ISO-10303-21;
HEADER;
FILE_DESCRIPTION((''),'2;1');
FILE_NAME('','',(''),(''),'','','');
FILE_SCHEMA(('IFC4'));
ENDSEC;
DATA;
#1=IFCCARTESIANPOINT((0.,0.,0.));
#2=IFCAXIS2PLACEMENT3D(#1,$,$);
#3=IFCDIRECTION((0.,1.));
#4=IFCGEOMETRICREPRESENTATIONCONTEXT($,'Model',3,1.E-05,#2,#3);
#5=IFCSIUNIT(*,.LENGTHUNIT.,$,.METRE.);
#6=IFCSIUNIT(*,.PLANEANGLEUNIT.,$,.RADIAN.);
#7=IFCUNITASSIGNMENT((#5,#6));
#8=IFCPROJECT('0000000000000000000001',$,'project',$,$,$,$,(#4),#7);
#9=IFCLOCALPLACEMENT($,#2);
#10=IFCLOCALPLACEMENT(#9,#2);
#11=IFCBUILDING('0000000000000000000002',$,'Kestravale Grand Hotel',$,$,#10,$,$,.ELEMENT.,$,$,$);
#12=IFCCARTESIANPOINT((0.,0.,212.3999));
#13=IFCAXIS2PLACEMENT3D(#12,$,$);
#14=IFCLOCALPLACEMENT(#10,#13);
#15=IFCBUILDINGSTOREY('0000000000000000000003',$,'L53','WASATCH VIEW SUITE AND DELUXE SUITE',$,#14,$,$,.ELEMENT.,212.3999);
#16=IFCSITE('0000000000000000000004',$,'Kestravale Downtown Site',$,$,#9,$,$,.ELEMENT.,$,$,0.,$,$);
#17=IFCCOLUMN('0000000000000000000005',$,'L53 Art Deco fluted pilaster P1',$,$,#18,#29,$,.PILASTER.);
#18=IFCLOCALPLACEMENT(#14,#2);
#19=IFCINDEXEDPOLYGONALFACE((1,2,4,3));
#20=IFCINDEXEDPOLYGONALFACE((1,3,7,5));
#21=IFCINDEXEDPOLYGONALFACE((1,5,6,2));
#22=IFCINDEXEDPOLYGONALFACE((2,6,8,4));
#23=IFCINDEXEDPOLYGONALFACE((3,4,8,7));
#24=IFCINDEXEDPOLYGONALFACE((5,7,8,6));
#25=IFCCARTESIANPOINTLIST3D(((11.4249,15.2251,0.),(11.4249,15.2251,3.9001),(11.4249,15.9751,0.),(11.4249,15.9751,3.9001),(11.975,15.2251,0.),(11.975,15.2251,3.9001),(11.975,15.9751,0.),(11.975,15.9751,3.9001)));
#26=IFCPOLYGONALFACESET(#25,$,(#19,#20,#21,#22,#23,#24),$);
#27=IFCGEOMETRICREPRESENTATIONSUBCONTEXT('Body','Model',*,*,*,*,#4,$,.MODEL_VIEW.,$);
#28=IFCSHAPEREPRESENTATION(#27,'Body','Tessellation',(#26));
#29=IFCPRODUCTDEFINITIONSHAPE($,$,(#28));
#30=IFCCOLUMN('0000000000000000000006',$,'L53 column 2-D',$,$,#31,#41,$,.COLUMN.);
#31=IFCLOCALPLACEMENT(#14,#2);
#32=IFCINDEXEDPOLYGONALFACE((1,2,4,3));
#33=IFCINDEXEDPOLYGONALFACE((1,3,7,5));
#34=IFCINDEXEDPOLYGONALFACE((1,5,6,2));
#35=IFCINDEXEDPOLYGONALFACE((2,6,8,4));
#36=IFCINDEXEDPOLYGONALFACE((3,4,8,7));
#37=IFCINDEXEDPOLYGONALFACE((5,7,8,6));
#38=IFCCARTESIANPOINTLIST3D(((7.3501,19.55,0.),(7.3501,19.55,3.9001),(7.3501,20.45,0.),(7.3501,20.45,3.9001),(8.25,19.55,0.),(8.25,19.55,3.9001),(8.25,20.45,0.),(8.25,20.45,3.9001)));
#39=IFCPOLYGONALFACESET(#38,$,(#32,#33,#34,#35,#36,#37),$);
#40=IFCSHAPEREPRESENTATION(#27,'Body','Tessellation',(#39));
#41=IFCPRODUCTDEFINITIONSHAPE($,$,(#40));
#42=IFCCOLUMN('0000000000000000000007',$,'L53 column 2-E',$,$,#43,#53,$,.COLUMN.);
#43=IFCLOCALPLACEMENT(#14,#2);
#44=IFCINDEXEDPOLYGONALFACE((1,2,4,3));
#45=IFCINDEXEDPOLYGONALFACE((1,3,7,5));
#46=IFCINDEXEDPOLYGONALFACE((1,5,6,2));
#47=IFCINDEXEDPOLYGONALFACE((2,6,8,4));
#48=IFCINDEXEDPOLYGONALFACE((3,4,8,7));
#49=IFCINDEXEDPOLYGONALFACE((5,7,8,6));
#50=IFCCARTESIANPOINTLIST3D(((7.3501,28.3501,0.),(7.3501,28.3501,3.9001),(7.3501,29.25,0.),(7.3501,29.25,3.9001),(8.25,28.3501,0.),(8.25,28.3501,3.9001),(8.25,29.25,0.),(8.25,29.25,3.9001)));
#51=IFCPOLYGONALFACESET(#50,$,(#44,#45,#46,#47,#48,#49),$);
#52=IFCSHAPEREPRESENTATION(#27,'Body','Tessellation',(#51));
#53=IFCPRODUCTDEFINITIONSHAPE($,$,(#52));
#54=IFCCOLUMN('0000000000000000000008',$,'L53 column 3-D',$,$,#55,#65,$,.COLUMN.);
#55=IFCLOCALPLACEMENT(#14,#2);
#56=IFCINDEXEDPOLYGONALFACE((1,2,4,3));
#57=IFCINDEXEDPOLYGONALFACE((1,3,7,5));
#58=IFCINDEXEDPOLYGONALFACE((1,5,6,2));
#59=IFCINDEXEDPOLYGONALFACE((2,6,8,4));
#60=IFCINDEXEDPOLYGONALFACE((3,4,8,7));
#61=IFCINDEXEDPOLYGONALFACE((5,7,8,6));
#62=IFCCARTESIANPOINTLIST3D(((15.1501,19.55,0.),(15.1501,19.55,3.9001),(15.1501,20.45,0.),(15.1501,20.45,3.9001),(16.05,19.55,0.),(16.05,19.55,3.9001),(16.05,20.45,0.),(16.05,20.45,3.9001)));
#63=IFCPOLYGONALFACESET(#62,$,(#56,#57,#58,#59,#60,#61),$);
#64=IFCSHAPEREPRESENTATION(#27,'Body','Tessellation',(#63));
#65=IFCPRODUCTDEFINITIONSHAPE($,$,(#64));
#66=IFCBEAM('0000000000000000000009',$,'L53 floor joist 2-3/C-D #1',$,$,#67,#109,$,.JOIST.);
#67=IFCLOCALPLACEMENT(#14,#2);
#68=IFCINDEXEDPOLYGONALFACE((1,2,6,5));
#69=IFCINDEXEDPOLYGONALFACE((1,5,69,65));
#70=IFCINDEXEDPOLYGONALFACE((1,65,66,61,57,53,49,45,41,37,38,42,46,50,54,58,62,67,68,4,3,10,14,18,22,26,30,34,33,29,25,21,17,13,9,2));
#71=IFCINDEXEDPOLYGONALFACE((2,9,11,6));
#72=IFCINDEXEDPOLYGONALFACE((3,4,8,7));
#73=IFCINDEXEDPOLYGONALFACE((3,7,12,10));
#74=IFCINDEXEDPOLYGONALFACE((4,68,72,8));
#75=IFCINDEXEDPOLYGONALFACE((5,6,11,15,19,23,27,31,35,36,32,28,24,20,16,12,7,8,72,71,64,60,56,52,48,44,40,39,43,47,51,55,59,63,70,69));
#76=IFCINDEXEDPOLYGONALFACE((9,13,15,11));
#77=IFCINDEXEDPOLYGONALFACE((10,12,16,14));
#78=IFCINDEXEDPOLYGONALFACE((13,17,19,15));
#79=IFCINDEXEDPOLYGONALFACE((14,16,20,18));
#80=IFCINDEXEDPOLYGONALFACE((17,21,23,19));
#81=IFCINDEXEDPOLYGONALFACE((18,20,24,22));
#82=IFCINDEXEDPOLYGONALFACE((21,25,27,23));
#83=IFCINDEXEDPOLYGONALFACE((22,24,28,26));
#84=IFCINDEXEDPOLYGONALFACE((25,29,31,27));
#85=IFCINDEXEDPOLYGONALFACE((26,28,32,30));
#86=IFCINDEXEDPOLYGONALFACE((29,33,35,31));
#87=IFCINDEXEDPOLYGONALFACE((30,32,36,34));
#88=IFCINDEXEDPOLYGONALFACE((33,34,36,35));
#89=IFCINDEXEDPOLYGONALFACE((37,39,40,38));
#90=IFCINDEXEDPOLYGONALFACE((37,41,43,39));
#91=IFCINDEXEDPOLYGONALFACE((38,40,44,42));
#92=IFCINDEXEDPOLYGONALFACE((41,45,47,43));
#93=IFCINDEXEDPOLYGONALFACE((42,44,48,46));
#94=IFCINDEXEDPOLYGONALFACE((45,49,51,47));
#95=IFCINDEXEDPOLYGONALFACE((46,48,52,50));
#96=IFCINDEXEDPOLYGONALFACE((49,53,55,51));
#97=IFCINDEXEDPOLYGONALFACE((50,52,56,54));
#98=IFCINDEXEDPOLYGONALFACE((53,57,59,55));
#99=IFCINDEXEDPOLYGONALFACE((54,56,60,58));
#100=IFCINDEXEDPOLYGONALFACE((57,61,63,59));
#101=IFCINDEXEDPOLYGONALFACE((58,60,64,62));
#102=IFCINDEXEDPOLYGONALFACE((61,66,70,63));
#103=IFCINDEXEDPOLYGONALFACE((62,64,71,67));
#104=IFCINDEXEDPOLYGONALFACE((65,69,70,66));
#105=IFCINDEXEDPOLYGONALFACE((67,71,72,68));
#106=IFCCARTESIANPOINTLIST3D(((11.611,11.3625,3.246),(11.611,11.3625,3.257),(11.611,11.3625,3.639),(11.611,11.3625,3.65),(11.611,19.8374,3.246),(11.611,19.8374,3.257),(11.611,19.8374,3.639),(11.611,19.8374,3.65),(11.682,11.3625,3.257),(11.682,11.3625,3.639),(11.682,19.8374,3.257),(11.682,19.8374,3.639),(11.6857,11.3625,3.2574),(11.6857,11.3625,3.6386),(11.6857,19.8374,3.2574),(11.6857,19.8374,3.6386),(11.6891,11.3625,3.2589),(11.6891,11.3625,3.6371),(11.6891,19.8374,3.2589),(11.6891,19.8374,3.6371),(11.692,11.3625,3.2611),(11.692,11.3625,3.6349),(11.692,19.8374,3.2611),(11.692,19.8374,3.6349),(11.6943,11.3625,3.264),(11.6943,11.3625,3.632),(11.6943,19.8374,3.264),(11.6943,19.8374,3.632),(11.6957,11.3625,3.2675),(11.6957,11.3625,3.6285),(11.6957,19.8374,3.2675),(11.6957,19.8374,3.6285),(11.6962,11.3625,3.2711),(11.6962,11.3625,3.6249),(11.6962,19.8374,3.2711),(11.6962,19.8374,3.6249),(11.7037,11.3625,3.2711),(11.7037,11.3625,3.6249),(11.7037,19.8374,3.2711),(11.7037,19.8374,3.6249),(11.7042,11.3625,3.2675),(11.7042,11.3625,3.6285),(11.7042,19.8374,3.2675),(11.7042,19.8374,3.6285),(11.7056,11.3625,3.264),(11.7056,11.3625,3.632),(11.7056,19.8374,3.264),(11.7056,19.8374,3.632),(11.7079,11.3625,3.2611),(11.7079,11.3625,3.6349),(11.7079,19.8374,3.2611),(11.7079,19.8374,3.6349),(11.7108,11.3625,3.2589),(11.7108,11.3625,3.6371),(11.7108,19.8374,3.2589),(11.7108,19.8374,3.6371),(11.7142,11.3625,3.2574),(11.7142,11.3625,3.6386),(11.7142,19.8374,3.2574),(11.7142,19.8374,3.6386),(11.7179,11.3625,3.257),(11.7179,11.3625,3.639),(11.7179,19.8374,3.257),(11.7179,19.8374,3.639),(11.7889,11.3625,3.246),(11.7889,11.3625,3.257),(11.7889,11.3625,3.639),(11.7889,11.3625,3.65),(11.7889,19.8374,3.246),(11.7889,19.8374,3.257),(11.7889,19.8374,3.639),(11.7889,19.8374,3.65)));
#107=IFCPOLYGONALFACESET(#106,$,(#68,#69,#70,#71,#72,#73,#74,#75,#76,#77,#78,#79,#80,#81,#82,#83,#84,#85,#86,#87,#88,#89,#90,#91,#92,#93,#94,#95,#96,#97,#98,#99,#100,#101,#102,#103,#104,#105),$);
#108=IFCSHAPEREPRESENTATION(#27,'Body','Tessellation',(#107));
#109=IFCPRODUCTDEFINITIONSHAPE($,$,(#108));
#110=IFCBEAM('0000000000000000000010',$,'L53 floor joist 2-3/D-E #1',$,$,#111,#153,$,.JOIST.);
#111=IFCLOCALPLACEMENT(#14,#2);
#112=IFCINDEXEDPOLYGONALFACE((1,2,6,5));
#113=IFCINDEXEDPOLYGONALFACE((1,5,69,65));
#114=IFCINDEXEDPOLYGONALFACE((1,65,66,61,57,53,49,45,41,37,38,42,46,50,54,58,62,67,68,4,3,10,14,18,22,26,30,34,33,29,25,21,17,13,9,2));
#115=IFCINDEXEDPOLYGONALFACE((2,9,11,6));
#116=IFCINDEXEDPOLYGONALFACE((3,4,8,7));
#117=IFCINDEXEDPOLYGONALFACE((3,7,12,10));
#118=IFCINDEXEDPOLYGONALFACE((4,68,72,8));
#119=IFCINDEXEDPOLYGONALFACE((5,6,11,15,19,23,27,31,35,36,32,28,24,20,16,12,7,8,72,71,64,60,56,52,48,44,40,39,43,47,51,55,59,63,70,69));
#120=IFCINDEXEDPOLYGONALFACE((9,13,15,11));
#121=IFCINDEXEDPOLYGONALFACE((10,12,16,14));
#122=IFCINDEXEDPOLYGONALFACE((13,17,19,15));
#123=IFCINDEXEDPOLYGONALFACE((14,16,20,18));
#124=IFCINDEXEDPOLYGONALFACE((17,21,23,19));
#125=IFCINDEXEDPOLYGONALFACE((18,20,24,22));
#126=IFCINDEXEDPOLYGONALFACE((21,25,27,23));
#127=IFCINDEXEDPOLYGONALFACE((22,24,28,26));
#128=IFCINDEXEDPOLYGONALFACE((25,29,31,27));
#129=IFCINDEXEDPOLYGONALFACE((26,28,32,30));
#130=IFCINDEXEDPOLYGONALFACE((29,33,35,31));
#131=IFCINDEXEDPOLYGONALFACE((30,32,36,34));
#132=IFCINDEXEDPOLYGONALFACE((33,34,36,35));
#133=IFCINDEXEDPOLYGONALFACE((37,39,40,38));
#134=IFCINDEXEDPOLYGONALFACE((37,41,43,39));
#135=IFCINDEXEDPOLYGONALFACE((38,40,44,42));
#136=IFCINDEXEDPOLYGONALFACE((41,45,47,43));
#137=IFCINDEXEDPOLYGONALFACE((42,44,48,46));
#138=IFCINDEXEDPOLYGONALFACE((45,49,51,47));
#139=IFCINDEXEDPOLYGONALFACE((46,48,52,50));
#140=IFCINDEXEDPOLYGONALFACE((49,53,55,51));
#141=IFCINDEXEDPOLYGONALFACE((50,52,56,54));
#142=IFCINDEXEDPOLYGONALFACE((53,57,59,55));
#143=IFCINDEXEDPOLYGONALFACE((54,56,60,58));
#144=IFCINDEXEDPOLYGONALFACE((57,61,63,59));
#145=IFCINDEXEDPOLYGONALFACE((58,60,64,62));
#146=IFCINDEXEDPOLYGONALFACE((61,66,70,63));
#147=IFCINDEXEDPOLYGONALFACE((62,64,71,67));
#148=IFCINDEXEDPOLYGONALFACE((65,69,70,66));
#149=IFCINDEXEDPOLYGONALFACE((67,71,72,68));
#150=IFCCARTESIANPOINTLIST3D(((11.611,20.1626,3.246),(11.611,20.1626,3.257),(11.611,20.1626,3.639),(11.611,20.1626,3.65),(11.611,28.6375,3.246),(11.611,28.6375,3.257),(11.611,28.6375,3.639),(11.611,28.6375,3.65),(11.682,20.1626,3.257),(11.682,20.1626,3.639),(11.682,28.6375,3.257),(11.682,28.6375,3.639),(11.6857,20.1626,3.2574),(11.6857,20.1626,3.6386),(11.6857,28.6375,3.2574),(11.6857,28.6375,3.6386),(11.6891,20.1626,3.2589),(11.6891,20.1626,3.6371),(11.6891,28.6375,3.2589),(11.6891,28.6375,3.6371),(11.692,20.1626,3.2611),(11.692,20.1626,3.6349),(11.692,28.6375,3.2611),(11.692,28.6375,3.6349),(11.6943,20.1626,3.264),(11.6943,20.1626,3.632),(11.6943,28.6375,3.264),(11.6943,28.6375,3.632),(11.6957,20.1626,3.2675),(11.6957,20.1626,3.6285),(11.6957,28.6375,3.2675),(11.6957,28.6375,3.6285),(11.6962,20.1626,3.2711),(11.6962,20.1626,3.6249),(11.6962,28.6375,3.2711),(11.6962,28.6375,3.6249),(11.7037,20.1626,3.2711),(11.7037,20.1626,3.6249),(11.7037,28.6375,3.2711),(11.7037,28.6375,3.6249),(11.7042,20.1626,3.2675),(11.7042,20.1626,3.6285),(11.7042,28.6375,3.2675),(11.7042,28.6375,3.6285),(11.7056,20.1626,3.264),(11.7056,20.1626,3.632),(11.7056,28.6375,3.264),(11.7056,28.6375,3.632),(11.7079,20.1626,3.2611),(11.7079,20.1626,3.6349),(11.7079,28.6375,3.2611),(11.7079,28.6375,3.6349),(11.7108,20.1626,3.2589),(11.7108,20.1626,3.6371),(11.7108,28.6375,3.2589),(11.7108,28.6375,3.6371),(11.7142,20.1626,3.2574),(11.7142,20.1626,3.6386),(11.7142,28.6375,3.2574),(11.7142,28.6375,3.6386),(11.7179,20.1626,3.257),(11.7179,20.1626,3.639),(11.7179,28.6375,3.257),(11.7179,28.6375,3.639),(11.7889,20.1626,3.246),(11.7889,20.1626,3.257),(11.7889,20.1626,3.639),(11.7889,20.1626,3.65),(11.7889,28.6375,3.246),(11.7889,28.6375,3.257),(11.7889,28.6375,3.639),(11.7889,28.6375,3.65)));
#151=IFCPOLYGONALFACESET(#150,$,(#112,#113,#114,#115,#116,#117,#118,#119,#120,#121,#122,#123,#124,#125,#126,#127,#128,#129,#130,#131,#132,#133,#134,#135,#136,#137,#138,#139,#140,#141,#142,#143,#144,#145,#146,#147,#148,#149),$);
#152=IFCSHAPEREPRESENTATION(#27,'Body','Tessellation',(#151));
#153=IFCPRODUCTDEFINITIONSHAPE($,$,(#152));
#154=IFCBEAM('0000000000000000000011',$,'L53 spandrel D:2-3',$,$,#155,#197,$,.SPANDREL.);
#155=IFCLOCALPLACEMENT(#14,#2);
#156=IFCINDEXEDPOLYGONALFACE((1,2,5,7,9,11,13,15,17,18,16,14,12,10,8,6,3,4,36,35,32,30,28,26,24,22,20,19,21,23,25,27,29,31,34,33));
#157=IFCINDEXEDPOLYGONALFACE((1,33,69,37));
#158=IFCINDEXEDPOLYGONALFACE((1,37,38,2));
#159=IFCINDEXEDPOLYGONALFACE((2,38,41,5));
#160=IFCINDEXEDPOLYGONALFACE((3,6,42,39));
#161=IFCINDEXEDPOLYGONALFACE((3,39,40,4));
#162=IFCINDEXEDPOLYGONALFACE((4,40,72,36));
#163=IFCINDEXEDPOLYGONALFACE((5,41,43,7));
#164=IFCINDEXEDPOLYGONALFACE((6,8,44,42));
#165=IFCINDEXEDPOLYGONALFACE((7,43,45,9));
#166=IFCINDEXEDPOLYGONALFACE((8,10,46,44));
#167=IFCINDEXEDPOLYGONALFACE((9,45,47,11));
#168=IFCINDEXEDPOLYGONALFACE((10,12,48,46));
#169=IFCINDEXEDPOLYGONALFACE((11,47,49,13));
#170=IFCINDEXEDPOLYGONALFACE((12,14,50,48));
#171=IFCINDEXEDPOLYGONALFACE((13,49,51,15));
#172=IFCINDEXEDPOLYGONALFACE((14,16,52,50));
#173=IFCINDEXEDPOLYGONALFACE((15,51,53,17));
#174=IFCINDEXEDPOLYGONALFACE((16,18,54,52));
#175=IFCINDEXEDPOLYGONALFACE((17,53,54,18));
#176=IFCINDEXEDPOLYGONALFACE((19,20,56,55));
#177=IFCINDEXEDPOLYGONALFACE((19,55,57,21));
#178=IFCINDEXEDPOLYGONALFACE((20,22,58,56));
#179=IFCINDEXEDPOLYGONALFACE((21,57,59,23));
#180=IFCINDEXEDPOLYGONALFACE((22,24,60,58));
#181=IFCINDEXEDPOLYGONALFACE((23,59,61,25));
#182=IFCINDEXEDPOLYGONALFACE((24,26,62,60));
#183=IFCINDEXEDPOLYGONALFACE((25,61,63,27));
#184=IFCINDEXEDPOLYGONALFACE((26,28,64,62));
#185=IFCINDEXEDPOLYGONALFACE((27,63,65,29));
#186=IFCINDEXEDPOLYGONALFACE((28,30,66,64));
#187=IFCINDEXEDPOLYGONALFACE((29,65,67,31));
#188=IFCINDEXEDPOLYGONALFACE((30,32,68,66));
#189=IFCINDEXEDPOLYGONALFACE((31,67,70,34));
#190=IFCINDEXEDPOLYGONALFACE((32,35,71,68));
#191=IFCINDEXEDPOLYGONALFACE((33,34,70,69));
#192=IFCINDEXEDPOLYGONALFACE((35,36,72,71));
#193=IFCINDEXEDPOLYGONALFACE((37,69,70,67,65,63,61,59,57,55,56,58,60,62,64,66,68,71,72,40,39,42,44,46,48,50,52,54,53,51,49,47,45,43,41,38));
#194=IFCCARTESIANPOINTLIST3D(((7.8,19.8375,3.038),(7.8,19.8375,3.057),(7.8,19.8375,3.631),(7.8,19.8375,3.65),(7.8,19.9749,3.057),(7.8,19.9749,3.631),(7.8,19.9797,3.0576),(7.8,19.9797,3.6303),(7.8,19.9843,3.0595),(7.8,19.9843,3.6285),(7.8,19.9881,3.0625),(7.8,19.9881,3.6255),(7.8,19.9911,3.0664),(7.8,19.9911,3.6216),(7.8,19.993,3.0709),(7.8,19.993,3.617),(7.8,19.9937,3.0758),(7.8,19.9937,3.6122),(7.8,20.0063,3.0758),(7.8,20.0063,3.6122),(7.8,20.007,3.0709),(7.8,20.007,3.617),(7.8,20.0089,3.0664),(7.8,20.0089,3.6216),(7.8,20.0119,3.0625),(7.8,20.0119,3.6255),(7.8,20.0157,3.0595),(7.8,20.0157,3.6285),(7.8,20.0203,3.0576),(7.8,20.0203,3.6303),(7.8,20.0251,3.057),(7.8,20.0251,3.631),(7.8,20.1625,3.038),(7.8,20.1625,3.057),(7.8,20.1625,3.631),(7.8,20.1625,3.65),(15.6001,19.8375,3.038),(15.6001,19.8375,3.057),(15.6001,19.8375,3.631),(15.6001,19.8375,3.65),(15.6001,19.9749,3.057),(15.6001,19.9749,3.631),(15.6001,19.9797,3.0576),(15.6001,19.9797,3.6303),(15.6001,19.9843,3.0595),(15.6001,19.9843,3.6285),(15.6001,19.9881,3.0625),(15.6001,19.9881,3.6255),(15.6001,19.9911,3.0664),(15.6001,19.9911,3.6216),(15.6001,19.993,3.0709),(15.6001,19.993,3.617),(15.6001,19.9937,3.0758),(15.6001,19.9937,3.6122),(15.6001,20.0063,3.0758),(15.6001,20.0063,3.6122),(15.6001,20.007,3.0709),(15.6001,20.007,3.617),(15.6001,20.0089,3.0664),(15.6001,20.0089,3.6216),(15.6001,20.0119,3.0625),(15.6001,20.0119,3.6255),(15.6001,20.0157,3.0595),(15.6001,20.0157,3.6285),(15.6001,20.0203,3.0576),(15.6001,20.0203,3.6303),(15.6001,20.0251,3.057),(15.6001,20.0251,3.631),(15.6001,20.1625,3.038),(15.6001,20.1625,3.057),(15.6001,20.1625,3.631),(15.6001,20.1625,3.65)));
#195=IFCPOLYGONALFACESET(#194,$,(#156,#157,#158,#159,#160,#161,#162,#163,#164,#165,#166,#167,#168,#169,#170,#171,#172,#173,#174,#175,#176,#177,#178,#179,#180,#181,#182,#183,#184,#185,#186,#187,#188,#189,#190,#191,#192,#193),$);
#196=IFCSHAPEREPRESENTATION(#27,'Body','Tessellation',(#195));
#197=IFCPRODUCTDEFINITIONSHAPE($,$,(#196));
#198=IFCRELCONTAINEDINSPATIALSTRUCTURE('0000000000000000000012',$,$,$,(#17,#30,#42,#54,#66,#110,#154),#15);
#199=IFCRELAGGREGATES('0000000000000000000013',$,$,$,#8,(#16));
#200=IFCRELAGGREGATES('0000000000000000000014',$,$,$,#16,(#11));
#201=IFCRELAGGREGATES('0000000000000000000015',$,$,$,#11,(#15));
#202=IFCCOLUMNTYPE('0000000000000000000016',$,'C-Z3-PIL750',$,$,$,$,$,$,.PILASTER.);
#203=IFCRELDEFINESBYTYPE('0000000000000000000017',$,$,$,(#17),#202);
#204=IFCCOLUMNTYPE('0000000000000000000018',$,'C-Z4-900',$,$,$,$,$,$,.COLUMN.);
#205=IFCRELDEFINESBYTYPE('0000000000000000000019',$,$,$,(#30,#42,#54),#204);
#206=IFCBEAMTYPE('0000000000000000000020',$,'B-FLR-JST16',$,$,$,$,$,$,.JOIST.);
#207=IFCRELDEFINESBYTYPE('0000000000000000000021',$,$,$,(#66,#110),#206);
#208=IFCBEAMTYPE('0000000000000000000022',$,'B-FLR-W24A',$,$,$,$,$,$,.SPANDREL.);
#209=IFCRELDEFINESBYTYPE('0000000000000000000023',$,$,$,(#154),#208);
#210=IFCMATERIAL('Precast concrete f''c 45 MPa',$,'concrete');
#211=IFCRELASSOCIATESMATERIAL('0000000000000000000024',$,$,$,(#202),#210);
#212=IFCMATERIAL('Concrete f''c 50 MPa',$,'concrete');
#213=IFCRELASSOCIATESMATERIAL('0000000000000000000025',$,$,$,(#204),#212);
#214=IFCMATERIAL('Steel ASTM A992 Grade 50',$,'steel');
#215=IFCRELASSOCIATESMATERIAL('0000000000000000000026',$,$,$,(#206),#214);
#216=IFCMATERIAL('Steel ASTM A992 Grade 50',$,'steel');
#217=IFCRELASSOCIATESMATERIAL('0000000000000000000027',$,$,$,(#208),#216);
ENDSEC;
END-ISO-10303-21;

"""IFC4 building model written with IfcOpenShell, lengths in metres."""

from ifc_helpers import new_model, si_unit, direction, frame, origin, origin_2d, place, context, subcontext, project, spatial, rectangle, i_section, extrude, material, material_profile, profile_set, type_object, element, save


model = new_model("IFC4")

# Units and contexts
model_context = context("Model", 3, precision=1e-05, world=origin(), true_north=direction((0.0, 1.0)))
body_context = subcontext(model_context, "Body", "Model", "MODEL_VIEW")
ifc_project = project(units=[si_unit("LENGTHUNIT", "METRE"), si_unit("PLANEANGLEUNIT", "RADIAN")], contexts=[model_context])

# Site, building, storey
site_placement = place(None, origin())
site = spatial("IfcSite", under=ifc_project, at=site_placement, Name="Kestravale Downtown Site", CompositionType="ELEMENT", RefElevation=0.0)
building_placement = place(site_placement, origin())
building = spatial("IfcBuilding", under=site, at=building_placement, Name="Kestravale Grand Hotel", CompositionType="ELEMENT")
storey_placement = place(building_placement, frame((0.0, 0.0, 212.3999)))
storey = spatial("IfcBuildingStorey", under=building, at=storey_placement, Name="L53", Description="WASATCH VIEW SUITE AND DELUXE SUITE", CompositionType="ELEMENT", Elevation=212.3999)

# Columns
ifc_material_1 = material(Name="Precast concrete f'c 45 MPa", Category="concrete")
ifc_material_profile_1 = material_profile(ifc_material_1, rectangle(XDim=0.55, YDim=0.75, at=origin_2d()))
ifc_profile_set_1 = profile_set([ifc_material_profile_1], Name="Precast concrete f'c 45 MPa")
column_type_1 = type_object("IfcColumnType", Name="C-Z3-PIL750", PredefinedType="PILASTER", material=ifc_profile_set_1)
column_placement = place(storey_placement, frame((11.7, 15.6001, 0.0), z_axis=(0.0, 0.0, 1.0), x_axis=(1.0, 0.0, 0.0)))
element("IfcColumn", 1, at=column_placement, inside=storey, type_object=column_type_1, Name="L53 Art Deco fluted pilaster P1", PredefinedType="PILASTER", context=body_context, shape_type="SweptSolid", body=[
    extrude(rectangle(XDim=0.55, YDim=0.75, at=origin_2d()), origin(), (0.0, 0.0, 1.0), 3.9001),
])
ifc_material_2 = material(Name="Concrete f'c 50 MPa", Category="concrete")
ifc_material_profile_2 = material_profile(ifc_material_2, rectangle(XDim=0.8999, YDim=0.8999, at=origin_2d()))
ifc_profile_set_2 = profile_set([ifc_material_profile_2], Name="Concrete f'c 50 MPa")
column_type_2 = type_object("IfcColumnType", Name="C-Z4-900", PredefinedType="COLUMN", material=ifc_profile_set_2)
for number, where, z_axis, x_axis, name in (
    (2, (7.8, 20.0, 0.0), (0.0, 0.0, 1.0), (1.0, 0.0, 0.0), "L53 column 2-D"),
    (3, (7.8, 28.8, 0.0), (0.0, 0.0, 1.0), (1.0, 0.0, 0.0), "L53 column 2-E"),
    (4, (15.6001, 20.0, 0.0), (0.0, 0.0, 1.0), (1.0, 0.0, 0.0), "L53 column 3-D"),
):
    element("IfcColumn", number, at=place(storey_placement, frame(where, z_axis=z_axis, x_axis=x_axis)), inside=storey, type_object=column_type_2, Name=name, PredefinedType="COLUMN", context=body_context, shape_type="SweptSolid", body=[
        extrude(rectangle(XDim=0.8999, YDim=0.8999, at=origin_2d()), origin(), (0.0, 0.0, 1.0), 3.9001),
    ])

# Beams
ifc_material_3 = material(Name="Steel ASTM A992 Grade 50", Category="steel")
ifc_material_profile_3 = material_profile(ifc_material_3, i_section(OverallWidth=0.178, OverallDepth=0.4041, WebThickness=0.0076, FlangeThickness=0.011, FilletRadius=0.0142, at=origin_2d()))
ifc_profile_set_3 = profile_set([ifc_material_profile_3], Name="Steel ASTM A992 Grade 50")
beam_type_1 = type_object("IfcBeamType", Name="B-FLR-JST16", PredefinedType="JOIST", material=ifc_profile_set_3)
for number, where, z_axis, x_axis, name in (
    (5, (11.7, 11.3625, 3.448), (0.0, 1.0, 0.0), (-1.0, 0.0, 0.0), "L53 floor joist 2-3/C-D #1"),
    (6, (11.7, 20.1626, 3.448), (0.0, 1.0, 0.0), (-1.0, 0.0, 0.0), "L53 floor joist 2-3/D-E #1"),
):
    element("IfcBeam", number, at=place(storey_placement, frame(where, z_axis=z_axis, x_axis=x_axis)), inside=storey, type_object=beam_type_1, Name=name, PredefinedType="JOIST", context=body_context, shape_type="SweptSolid", body=[
        extrude(i_section(OverallWidth=0.178, OverallDepth=0.4041, WebThickness=0.0076, FlangeThickness=0.011, FilletRadius=0.0142, at=origin_2d()), origin(), (0.0, 0.0, 1.0), 8.4749),
    ])
ifc_material_4 = material(Name="Steel ASTM A992 Grade 50", Category="steel")
ifc_material_profile_4 = material_profile(ifc_material_4, i_section(OverallWidth=0.325, OverallDepth=0.6121, WebThickness=0.0127, FlangeThickness=0.019, FilletRadius=0.0188, at=origin_2d()))
ifc_profile_set_4 = profile_set([ifc_material_profile_4], Name="Steel ASTM A992 Grade 50")
beam_type_2 = type_object("IfcBeamType", Name="B-FLR-W24A", PredefinedType="SPANDREL", material=ifc_profile_set_4)
for number, where, z_axis, x_axis, name in (
    (7, (7.8, 20.0, 3.344), (1.0, 0.0, 0.0), (0.0, 1.0, 0.0), "L53 spandrel D:2-3"),
):
    element("IfcBeam", number, at=place(storey_placement, frame(where, z_axis=z_axis, x_axis=x_axis)), inside=storey, type_object=beam_type_2, Name=name, PredefinedType="SPANDREL", context=body_context, shape_type="SweptSolid", body=[
        extrude(i_section(OverallWidth=0.325, OverallDepth=0.6121, WebThickness=0.0127, FlangeThickness=0.019, FilletRadius=0.0188, at=origin_2d()), origin(), (0.0, 0.0, 1.0), 7.8),
    ])

save(model, "model.ifc")
